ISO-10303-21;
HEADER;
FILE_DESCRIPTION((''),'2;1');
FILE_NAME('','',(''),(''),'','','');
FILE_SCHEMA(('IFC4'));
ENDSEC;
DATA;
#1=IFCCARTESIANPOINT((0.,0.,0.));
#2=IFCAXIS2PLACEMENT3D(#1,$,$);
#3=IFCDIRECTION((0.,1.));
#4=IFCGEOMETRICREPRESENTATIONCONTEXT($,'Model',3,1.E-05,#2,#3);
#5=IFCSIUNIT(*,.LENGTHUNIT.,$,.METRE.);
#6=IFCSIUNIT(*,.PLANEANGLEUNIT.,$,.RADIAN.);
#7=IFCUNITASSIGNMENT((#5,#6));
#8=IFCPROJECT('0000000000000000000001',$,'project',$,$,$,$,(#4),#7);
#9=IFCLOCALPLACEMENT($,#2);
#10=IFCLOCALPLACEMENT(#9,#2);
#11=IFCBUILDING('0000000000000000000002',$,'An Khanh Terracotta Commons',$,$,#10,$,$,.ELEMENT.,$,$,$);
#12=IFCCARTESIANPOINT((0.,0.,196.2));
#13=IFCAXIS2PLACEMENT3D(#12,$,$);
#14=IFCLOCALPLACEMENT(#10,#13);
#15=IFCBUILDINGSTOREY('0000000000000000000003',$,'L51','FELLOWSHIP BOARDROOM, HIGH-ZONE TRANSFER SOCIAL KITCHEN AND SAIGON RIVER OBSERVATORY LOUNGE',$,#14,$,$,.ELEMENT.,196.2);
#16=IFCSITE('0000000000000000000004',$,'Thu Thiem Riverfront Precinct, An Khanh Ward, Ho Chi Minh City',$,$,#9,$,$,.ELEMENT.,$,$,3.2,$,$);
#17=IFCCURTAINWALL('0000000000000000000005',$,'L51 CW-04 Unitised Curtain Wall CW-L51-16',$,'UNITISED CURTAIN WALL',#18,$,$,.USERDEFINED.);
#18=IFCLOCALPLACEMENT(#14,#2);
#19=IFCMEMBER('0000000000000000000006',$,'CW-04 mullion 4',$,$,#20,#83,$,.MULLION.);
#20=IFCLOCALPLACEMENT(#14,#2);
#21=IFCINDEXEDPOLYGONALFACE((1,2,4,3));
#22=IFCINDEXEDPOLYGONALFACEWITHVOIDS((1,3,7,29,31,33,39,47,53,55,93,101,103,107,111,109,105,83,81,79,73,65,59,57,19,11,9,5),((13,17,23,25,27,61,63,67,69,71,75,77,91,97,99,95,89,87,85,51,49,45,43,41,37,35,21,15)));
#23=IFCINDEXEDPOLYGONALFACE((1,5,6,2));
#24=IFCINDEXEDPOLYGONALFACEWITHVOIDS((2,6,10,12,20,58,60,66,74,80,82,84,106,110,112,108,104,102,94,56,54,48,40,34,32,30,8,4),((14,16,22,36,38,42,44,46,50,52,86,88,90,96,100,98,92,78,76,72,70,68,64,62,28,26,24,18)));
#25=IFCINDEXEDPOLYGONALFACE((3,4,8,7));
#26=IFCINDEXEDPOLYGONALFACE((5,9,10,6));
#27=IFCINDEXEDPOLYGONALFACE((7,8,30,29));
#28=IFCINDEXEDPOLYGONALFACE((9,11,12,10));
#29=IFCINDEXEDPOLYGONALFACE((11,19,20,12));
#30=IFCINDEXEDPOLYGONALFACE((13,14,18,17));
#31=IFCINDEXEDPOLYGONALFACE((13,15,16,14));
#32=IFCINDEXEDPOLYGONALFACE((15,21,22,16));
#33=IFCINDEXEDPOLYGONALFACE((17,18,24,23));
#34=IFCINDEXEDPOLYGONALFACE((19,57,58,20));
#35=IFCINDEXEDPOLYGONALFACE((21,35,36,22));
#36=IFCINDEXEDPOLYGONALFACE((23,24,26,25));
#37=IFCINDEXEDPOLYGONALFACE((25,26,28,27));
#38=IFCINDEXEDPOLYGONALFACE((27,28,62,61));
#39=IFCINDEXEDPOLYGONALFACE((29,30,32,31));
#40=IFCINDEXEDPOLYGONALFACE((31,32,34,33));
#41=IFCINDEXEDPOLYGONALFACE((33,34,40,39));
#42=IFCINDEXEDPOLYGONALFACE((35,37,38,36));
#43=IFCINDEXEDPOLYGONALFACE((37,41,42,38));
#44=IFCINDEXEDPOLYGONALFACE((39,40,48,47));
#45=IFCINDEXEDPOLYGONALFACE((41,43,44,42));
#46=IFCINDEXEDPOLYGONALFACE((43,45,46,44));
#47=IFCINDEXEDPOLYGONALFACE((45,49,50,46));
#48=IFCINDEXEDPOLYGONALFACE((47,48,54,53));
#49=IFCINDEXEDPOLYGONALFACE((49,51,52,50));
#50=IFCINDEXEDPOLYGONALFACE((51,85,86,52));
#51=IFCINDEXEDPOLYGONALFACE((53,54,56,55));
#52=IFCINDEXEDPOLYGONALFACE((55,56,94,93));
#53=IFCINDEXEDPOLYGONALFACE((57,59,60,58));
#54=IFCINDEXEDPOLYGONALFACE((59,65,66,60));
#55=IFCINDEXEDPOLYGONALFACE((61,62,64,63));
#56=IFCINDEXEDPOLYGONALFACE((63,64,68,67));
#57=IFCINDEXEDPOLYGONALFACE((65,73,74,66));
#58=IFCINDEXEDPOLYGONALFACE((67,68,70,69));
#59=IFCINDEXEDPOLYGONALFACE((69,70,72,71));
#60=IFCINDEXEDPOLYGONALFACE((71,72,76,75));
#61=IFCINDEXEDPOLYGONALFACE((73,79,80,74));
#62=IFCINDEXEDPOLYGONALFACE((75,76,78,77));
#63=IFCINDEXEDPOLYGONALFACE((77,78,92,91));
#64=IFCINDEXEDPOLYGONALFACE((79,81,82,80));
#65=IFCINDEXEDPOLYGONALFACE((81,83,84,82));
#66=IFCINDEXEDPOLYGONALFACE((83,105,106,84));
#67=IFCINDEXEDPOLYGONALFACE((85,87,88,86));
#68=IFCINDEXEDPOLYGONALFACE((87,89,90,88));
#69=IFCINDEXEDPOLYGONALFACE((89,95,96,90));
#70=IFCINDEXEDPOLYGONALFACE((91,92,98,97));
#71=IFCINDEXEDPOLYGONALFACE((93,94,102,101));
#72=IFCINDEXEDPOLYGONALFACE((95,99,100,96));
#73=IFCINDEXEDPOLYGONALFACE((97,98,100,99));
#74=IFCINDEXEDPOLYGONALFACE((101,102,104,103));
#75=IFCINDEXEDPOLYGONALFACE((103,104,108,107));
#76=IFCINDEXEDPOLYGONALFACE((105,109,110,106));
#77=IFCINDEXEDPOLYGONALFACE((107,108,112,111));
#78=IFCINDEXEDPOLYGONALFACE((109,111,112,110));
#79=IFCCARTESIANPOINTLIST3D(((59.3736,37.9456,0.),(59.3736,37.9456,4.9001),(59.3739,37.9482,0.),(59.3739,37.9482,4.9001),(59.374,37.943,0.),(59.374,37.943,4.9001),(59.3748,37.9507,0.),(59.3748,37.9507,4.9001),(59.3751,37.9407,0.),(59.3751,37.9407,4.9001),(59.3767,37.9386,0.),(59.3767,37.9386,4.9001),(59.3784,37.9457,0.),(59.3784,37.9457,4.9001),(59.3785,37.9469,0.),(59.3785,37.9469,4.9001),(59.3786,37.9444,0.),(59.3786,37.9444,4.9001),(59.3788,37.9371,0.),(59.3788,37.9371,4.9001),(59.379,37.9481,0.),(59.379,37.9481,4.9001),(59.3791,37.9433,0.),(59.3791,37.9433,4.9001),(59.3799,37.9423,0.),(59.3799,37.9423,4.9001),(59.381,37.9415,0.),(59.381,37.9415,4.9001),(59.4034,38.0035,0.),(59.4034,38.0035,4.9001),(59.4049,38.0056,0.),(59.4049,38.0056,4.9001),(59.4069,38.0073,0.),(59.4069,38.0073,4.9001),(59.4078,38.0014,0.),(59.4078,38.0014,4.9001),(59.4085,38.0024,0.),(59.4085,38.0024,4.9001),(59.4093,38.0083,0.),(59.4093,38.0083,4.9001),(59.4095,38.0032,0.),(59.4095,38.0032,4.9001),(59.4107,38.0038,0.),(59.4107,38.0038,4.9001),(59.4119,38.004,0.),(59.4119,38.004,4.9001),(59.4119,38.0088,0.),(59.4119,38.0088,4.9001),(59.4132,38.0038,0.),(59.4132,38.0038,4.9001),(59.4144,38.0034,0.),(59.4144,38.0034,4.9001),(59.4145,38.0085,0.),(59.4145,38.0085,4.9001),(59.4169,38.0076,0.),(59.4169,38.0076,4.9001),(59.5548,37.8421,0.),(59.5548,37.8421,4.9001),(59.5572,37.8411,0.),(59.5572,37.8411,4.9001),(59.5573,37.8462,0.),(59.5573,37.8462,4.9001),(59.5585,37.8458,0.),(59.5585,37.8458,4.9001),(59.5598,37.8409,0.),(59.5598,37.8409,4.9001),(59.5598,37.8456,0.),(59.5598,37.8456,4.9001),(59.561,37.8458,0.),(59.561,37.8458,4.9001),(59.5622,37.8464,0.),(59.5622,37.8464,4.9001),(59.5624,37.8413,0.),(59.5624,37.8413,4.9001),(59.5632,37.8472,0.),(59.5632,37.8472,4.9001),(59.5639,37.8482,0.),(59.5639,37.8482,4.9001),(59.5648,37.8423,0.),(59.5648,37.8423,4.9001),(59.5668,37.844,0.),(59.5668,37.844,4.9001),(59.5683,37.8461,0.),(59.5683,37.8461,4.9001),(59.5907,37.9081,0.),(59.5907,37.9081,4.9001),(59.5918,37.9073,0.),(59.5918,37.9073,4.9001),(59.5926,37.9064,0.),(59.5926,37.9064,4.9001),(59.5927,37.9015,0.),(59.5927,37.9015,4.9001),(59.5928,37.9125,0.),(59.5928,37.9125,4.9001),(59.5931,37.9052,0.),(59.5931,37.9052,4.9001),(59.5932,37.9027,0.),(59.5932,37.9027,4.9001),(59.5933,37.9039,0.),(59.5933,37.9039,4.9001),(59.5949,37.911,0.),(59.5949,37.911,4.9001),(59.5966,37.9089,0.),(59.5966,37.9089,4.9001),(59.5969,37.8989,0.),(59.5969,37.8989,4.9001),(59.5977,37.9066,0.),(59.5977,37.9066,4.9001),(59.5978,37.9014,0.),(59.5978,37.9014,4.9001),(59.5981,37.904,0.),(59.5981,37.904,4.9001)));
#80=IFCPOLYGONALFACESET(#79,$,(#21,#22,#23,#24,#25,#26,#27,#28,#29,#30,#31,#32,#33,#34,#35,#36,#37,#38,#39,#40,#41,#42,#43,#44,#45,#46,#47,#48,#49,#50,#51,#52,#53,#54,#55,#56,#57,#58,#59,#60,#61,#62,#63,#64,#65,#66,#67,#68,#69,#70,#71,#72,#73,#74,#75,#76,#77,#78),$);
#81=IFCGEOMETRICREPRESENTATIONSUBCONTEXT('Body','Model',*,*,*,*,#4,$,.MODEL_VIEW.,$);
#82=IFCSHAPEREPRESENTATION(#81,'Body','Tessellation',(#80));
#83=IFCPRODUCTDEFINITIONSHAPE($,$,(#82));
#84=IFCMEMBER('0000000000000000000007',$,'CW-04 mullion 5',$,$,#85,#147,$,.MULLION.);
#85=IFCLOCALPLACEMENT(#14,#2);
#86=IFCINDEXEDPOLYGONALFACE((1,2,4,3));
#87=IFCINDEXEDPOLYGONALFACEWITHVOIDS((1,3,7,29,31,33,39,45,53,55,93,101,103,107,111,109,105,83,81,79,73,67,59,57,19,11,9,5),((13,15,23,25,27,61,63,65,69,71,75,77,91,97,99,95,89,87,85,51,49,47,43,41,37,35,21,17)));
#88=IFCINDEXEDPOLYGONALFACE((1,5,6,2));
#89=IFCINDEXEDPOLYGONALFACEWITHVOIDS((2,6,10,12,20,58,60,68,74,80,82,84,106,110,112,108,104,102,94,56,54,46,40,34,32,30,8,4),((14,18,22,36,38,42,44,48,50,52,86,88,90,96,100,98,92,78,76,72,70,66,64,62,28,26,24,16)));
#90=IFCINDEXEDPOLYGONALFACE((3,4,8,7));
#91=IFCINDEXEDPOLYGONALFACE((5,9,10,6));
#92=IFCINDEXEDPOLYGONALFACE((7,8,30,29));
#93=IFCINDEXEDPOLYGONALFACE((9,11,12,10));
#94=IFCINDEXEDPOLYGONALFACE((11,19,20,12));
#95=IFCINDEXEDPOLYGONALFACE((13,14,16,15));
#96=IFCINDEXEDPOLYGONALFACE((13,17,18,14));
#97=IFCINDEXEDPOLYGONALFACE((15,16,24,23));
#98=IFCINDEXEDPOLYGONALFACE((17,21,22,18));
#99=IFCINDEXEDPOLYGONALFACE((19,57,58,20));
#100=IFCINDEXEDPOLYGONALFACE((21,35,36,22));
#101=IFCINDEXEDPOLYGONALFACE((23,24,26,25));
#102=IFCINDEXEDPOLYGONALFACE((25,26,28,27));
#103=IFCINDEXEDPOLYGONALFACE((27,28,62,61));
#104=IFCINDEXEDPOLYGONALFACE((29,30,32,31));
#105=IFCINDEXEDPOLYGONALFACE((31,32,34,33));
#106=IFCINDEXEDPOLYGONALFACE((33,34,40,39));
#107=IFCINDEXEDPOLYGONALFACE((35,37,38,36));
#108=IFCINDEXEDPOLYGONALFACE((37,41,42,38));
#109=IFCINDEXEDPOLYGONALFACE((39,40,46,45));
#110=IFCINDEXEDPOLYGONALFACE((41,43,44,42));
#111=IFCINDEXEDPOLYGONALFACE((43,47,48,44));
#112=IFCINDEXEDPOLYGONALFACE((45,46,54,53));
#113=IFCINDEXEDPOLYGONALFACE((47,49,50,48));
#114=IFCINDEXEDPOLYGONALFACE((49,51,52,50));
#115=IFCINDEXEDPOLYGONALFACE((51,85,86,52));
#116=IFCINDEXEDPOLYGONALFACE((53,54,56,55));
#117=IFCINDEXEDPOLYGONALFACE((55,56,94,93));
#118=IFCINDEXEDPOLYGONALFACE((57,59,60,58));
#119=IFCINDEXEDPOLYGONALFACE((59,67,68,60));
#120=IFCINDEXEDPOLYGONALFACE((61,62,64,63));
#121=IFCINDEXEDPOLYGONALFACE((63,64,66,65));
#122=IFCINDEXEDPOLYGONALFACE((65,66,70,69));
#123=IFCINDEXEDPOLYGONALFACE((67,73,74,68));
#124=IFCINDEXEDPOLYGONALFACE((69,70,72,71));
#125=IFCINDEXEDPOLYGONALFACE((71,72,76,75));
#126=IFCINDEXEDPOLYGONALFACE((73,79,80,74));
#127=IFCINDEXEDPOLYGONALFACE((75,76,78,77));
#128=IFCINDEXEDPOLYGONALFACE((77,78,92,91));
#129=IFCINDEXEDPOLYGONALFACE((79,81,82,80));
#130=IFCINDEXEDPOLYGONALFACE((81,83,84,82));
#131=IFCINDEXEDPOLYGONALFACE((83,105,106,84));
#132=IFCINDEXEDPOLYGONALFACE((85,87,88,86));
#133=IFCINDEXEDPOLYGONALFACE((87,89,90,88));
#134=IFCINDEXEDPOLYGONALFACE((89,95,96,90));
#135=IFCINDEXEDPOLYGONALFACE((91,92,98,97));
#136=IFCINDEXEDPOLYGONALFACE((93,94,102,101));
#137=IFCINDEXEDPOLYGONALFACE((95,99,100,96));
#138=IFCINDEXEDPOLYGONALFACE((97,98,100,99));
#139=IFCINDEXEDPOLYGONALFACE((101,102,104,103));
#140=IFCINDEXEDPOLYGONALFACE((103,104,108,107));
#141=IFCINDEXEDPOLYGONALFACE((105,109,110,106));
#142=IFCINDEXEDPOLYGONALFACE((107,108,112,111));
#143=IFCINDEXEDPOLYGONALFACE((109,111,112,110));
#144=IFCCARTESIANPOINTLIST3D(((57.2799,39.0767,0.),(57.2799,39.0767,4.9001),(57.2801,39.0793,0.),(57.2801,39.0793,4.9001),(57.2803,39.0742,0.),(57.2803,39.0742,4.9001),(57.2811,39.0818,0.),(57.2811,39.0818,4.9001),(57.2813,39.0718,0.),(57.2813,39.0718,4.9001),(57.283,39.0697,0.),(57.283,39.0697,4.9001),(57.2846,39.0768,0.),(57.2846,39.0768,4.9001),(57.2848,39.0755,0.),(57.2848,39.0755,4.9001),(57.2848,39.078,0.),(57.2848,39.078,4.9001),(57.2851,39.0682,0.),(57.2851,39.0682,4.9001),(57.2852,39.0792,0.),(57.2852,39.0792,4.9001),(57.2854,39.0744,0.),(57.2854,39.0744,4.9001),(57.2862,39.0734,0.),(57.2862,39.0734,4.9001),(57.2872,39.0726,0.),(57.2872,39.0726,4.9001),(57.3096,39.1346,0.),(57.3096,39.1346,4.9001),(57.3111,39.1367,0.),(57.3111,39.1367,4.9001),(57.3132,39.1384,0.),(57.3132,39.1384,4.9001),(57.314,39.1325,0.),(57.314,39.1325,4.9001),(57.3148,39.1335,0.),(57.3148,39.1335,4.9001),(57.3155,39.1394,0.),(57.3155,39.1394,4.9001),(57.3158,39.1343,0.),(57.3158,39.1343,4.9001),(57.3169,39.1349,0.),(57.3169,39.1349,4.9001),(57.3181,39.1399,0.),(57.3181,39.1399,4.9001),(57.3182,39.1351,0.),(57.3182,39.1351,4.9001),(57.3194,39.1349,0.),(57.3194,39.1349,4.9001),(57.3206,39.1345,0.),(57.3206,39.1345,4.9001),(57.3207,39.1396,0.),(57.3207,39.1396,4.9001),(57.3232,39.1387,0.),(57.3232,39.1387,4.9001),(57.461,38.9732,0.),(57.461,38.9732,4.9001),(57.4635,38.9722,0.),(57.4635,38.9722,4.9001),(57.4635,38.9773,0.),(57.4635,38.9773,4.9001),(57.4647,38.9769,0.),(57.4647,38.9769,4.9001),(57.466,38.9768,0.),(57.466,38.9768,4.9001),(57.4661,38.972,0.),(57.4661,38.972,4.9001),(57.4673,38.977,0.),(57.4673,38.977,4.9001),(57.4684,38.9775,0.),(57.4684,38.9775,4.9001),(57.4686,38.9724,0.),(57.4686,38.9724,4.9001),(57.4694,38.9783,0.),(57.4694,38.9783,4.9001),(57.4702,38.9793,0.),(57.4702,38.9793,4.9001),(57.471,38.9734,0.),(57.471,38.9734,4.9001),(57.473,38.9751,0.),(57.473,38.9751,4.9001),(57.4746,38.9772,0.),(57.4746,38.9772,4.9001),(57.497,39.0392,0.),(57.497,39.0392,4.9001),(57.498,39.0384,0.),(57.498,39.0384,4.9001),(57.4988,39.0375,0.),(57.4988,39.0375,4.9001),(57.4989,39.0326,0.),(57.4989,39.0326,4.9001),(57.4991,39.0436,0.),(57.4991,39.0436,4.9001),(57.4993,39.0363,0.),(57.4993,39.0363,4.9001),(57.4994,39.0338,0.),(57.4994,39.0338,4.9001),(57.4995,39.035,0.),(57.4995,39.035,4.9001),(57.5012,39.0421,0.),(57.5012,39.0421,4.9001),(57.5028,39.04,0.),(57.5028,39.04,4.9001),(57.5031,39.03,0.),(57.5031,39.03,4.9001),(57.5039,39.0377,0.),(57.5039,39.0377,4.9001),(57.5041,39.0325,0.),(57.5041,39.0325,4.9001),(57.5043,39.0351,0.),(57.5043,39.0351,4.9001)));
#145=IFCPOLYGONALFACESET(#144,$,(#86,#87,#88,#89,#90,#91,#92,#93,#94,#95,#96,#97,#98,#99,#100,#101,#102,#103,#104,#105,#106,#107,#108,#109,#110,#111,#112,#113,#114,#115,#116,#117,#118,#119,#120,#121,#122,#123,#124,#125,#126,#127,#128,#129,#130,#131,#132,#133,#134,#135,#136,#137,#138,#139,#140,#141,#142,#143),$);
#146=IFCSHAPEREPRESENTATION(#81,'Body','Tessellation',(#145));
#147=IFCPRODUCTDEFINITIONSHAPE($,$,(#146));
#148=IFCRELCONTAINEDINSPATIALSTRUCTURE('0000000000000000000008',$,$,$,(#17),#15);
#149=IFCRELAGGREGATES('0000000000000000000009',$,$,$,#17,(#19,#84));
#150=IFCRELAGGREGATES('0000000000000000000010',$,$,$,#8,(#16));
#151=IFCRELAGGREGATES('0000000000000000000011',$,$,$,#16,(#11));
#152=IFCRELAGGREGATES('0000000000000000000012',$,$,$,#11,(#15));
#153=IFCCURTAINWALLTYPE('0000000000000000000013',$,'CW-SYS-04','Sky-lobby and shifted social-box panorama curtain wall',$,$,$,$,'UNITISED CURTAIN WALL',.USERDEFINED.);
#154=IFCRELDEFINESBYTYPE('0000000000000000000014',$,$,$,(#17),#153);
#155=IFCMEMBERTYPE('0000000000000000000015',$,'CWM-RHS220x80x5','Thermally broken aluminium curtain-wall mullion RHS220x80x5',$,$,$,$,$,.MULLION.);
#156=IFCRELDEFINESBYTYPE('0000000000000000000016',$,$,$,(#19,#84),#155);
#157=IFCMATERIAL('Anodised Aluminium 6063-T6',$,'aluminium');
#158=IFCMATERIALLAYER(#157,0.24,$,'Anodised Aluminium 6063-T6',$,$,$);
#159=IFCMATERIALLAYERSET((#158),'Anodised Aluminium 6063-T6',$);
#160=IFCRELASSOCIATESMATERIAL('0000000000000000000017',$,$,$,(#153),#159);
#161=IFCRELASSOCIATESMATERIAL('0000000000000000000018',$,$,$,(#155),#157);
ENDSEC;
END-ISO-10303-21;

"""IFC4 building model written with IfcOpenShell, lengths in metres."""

from ifc_helpers import new_model, si_unit, direction, frame, origin, origin_2d, place, context, subcontext, project, spatial, hollow_rectangle, extrude, material, layer, layer_set, material_profile, profile_set, type_object, element, aggregate, save


model = new_model("IFC4")

# Units and contexts
model_context = context("Model", 3, precision=1e-05, world=origin(), true_north=direction((0.0, 1.0)))
body_context = subcontext(model_context, "Body", "Model", "MODEL_VIEW")
ifc_project = project(units=[si_unit("LENGTHUNIT", "METRE"), si_unit("PLANEANGLEUNIT", "RADIAN")], contexts=[model_context])

# Site, building, storey
site_placement = place(None, origin())
site = spatial("IfcSite", under=ifc_project, at=site_placement, Name="Thu Thiem Riverfront Precinct, An Khanh Ward, Ho Chi Minh City", CompositionType="ELEMENT", RefElevation=3.2)
building_placement = place(site_placement, origin())
building = spatial("IfcBuilding", under=site, at=building_placement, Name="An Khanh Terracotta Commons", CompositionType="ELEMENT")
storey_placement = place(building_placement, frame((0.0, 0.0, 196.2)))
storey = spatial("IfcBuildingStorey", under=building, at=storey_placement, Name="L51", Description="FELLOWSHIP BOARDROOM, HIGH-ZONE TRANSFER SOCIAL KITCHEN AND SAIGON RIVER OBSERVATORY LOUNGE", CompositionType="ELEMENT", Elevation=196.2)

# Curtain wall, members
ifc_material_1 = material(Name="Anodised Aluminium 6063-T6", Category="aluminium")
ifc_layer_1 = layer(ifc_material_1, 0.24, Name="Anodised Aluminium 6063-T6")
ifc_layer_set_1 = layer_set([ifc_layer_1], Name="Anodised Aluminium 6063-T6")
curtain_wall_type = type_object("IfcCurtainWallType", Name="CW-SYS-04", Description="Sky-lobby and shifted social-box panorama curtain wall", ElementType="UNITISED CURTAIN WALL", PredefinedType="USERDEFINED", material=ifc_layer_set_1)
curtain_wall_placement = place(storey_placement, origin())
curtain_wall = element("IfcCurtainWall", 1, at=curtain_wall_placement, inside=storey, type_object=curtain_wall_type, Name="L51 CW-04 Unitised Curtain Wall CW-L51-16", ObjectType="UNITISED CURTAIN WALL", PredefinedType="USERDEFINED")
ifc_material_profile_1 = material_profile(ifc_material_1, hollow_rectangle(XDim=0.0801, YDim=0.22, WallThickness=0.0049, InnerFilletRadius=0.0049, OuterFilletRadius=0.01, at=origin_2d()), Name="RHS220x80x5")
ifc_profile_set_1 = profile_set([ifc_material_profile_1], Name="Anodised Aluminium 6063-T6")
member_type_1 = type_object("IfcMemberType", Name="CWM-RHS220x80x5", Description="Thermally broken aluminium curtain-wall mullion RHS220x80x5", PredefinedType="MULLION", material=ifc_profile_set_1)
member_1_placement = place(storey_placement, frame((59.4858, 37.9248, 0.0), z_axis=(0.0, 0.0, 1.0), x_axis=(-0.475381, -0.87978, 0.0)))
member_1 = element("IfcMember", 2, at=member_1_placement, type_object=member_type_1, Name="CW-04 mullion 4", PredefinedType="MULLION", context=body_context, shape_type="SweptSolid", body=[
    extrude(hollow_rectangle(XDim=0.0801, YDim=0.22, WallThickness=0.0049, InnerFilletRadius=0.0049, OuterFilletRadius=0.01, at=origin_2d()), origin(), (0.0, 0.0, 1.0), 4.9001),
])
member_2_placement = place(storey_placement, frame((57.3921, 39.0559, 0.0), z_axis=(0.0, 0.0, 1.0), x_axis=(-0.475381, -0.87978, 0.0)))
member_2 = element("IfcMember", 3, at=member_2_placement, type_object=member_type_1, Name="CW-04 mullion 5", PredefinedType="MULLION", context=body_context, shape_type="SweptSolid", body=[
    extrude(hollow_rectangle(XDim=0.0801, YDim=0.22, WallThickness=0.0049, InnerFilletRadius=0.0049, OuterFilletRadius=0.01, at=origin_2d()), origin(), (0.0, 0.0, 1.0), 4.9001),
])
aggregate(curtain_wall, [member_1, member_2])

save(model, "model.ifc")
